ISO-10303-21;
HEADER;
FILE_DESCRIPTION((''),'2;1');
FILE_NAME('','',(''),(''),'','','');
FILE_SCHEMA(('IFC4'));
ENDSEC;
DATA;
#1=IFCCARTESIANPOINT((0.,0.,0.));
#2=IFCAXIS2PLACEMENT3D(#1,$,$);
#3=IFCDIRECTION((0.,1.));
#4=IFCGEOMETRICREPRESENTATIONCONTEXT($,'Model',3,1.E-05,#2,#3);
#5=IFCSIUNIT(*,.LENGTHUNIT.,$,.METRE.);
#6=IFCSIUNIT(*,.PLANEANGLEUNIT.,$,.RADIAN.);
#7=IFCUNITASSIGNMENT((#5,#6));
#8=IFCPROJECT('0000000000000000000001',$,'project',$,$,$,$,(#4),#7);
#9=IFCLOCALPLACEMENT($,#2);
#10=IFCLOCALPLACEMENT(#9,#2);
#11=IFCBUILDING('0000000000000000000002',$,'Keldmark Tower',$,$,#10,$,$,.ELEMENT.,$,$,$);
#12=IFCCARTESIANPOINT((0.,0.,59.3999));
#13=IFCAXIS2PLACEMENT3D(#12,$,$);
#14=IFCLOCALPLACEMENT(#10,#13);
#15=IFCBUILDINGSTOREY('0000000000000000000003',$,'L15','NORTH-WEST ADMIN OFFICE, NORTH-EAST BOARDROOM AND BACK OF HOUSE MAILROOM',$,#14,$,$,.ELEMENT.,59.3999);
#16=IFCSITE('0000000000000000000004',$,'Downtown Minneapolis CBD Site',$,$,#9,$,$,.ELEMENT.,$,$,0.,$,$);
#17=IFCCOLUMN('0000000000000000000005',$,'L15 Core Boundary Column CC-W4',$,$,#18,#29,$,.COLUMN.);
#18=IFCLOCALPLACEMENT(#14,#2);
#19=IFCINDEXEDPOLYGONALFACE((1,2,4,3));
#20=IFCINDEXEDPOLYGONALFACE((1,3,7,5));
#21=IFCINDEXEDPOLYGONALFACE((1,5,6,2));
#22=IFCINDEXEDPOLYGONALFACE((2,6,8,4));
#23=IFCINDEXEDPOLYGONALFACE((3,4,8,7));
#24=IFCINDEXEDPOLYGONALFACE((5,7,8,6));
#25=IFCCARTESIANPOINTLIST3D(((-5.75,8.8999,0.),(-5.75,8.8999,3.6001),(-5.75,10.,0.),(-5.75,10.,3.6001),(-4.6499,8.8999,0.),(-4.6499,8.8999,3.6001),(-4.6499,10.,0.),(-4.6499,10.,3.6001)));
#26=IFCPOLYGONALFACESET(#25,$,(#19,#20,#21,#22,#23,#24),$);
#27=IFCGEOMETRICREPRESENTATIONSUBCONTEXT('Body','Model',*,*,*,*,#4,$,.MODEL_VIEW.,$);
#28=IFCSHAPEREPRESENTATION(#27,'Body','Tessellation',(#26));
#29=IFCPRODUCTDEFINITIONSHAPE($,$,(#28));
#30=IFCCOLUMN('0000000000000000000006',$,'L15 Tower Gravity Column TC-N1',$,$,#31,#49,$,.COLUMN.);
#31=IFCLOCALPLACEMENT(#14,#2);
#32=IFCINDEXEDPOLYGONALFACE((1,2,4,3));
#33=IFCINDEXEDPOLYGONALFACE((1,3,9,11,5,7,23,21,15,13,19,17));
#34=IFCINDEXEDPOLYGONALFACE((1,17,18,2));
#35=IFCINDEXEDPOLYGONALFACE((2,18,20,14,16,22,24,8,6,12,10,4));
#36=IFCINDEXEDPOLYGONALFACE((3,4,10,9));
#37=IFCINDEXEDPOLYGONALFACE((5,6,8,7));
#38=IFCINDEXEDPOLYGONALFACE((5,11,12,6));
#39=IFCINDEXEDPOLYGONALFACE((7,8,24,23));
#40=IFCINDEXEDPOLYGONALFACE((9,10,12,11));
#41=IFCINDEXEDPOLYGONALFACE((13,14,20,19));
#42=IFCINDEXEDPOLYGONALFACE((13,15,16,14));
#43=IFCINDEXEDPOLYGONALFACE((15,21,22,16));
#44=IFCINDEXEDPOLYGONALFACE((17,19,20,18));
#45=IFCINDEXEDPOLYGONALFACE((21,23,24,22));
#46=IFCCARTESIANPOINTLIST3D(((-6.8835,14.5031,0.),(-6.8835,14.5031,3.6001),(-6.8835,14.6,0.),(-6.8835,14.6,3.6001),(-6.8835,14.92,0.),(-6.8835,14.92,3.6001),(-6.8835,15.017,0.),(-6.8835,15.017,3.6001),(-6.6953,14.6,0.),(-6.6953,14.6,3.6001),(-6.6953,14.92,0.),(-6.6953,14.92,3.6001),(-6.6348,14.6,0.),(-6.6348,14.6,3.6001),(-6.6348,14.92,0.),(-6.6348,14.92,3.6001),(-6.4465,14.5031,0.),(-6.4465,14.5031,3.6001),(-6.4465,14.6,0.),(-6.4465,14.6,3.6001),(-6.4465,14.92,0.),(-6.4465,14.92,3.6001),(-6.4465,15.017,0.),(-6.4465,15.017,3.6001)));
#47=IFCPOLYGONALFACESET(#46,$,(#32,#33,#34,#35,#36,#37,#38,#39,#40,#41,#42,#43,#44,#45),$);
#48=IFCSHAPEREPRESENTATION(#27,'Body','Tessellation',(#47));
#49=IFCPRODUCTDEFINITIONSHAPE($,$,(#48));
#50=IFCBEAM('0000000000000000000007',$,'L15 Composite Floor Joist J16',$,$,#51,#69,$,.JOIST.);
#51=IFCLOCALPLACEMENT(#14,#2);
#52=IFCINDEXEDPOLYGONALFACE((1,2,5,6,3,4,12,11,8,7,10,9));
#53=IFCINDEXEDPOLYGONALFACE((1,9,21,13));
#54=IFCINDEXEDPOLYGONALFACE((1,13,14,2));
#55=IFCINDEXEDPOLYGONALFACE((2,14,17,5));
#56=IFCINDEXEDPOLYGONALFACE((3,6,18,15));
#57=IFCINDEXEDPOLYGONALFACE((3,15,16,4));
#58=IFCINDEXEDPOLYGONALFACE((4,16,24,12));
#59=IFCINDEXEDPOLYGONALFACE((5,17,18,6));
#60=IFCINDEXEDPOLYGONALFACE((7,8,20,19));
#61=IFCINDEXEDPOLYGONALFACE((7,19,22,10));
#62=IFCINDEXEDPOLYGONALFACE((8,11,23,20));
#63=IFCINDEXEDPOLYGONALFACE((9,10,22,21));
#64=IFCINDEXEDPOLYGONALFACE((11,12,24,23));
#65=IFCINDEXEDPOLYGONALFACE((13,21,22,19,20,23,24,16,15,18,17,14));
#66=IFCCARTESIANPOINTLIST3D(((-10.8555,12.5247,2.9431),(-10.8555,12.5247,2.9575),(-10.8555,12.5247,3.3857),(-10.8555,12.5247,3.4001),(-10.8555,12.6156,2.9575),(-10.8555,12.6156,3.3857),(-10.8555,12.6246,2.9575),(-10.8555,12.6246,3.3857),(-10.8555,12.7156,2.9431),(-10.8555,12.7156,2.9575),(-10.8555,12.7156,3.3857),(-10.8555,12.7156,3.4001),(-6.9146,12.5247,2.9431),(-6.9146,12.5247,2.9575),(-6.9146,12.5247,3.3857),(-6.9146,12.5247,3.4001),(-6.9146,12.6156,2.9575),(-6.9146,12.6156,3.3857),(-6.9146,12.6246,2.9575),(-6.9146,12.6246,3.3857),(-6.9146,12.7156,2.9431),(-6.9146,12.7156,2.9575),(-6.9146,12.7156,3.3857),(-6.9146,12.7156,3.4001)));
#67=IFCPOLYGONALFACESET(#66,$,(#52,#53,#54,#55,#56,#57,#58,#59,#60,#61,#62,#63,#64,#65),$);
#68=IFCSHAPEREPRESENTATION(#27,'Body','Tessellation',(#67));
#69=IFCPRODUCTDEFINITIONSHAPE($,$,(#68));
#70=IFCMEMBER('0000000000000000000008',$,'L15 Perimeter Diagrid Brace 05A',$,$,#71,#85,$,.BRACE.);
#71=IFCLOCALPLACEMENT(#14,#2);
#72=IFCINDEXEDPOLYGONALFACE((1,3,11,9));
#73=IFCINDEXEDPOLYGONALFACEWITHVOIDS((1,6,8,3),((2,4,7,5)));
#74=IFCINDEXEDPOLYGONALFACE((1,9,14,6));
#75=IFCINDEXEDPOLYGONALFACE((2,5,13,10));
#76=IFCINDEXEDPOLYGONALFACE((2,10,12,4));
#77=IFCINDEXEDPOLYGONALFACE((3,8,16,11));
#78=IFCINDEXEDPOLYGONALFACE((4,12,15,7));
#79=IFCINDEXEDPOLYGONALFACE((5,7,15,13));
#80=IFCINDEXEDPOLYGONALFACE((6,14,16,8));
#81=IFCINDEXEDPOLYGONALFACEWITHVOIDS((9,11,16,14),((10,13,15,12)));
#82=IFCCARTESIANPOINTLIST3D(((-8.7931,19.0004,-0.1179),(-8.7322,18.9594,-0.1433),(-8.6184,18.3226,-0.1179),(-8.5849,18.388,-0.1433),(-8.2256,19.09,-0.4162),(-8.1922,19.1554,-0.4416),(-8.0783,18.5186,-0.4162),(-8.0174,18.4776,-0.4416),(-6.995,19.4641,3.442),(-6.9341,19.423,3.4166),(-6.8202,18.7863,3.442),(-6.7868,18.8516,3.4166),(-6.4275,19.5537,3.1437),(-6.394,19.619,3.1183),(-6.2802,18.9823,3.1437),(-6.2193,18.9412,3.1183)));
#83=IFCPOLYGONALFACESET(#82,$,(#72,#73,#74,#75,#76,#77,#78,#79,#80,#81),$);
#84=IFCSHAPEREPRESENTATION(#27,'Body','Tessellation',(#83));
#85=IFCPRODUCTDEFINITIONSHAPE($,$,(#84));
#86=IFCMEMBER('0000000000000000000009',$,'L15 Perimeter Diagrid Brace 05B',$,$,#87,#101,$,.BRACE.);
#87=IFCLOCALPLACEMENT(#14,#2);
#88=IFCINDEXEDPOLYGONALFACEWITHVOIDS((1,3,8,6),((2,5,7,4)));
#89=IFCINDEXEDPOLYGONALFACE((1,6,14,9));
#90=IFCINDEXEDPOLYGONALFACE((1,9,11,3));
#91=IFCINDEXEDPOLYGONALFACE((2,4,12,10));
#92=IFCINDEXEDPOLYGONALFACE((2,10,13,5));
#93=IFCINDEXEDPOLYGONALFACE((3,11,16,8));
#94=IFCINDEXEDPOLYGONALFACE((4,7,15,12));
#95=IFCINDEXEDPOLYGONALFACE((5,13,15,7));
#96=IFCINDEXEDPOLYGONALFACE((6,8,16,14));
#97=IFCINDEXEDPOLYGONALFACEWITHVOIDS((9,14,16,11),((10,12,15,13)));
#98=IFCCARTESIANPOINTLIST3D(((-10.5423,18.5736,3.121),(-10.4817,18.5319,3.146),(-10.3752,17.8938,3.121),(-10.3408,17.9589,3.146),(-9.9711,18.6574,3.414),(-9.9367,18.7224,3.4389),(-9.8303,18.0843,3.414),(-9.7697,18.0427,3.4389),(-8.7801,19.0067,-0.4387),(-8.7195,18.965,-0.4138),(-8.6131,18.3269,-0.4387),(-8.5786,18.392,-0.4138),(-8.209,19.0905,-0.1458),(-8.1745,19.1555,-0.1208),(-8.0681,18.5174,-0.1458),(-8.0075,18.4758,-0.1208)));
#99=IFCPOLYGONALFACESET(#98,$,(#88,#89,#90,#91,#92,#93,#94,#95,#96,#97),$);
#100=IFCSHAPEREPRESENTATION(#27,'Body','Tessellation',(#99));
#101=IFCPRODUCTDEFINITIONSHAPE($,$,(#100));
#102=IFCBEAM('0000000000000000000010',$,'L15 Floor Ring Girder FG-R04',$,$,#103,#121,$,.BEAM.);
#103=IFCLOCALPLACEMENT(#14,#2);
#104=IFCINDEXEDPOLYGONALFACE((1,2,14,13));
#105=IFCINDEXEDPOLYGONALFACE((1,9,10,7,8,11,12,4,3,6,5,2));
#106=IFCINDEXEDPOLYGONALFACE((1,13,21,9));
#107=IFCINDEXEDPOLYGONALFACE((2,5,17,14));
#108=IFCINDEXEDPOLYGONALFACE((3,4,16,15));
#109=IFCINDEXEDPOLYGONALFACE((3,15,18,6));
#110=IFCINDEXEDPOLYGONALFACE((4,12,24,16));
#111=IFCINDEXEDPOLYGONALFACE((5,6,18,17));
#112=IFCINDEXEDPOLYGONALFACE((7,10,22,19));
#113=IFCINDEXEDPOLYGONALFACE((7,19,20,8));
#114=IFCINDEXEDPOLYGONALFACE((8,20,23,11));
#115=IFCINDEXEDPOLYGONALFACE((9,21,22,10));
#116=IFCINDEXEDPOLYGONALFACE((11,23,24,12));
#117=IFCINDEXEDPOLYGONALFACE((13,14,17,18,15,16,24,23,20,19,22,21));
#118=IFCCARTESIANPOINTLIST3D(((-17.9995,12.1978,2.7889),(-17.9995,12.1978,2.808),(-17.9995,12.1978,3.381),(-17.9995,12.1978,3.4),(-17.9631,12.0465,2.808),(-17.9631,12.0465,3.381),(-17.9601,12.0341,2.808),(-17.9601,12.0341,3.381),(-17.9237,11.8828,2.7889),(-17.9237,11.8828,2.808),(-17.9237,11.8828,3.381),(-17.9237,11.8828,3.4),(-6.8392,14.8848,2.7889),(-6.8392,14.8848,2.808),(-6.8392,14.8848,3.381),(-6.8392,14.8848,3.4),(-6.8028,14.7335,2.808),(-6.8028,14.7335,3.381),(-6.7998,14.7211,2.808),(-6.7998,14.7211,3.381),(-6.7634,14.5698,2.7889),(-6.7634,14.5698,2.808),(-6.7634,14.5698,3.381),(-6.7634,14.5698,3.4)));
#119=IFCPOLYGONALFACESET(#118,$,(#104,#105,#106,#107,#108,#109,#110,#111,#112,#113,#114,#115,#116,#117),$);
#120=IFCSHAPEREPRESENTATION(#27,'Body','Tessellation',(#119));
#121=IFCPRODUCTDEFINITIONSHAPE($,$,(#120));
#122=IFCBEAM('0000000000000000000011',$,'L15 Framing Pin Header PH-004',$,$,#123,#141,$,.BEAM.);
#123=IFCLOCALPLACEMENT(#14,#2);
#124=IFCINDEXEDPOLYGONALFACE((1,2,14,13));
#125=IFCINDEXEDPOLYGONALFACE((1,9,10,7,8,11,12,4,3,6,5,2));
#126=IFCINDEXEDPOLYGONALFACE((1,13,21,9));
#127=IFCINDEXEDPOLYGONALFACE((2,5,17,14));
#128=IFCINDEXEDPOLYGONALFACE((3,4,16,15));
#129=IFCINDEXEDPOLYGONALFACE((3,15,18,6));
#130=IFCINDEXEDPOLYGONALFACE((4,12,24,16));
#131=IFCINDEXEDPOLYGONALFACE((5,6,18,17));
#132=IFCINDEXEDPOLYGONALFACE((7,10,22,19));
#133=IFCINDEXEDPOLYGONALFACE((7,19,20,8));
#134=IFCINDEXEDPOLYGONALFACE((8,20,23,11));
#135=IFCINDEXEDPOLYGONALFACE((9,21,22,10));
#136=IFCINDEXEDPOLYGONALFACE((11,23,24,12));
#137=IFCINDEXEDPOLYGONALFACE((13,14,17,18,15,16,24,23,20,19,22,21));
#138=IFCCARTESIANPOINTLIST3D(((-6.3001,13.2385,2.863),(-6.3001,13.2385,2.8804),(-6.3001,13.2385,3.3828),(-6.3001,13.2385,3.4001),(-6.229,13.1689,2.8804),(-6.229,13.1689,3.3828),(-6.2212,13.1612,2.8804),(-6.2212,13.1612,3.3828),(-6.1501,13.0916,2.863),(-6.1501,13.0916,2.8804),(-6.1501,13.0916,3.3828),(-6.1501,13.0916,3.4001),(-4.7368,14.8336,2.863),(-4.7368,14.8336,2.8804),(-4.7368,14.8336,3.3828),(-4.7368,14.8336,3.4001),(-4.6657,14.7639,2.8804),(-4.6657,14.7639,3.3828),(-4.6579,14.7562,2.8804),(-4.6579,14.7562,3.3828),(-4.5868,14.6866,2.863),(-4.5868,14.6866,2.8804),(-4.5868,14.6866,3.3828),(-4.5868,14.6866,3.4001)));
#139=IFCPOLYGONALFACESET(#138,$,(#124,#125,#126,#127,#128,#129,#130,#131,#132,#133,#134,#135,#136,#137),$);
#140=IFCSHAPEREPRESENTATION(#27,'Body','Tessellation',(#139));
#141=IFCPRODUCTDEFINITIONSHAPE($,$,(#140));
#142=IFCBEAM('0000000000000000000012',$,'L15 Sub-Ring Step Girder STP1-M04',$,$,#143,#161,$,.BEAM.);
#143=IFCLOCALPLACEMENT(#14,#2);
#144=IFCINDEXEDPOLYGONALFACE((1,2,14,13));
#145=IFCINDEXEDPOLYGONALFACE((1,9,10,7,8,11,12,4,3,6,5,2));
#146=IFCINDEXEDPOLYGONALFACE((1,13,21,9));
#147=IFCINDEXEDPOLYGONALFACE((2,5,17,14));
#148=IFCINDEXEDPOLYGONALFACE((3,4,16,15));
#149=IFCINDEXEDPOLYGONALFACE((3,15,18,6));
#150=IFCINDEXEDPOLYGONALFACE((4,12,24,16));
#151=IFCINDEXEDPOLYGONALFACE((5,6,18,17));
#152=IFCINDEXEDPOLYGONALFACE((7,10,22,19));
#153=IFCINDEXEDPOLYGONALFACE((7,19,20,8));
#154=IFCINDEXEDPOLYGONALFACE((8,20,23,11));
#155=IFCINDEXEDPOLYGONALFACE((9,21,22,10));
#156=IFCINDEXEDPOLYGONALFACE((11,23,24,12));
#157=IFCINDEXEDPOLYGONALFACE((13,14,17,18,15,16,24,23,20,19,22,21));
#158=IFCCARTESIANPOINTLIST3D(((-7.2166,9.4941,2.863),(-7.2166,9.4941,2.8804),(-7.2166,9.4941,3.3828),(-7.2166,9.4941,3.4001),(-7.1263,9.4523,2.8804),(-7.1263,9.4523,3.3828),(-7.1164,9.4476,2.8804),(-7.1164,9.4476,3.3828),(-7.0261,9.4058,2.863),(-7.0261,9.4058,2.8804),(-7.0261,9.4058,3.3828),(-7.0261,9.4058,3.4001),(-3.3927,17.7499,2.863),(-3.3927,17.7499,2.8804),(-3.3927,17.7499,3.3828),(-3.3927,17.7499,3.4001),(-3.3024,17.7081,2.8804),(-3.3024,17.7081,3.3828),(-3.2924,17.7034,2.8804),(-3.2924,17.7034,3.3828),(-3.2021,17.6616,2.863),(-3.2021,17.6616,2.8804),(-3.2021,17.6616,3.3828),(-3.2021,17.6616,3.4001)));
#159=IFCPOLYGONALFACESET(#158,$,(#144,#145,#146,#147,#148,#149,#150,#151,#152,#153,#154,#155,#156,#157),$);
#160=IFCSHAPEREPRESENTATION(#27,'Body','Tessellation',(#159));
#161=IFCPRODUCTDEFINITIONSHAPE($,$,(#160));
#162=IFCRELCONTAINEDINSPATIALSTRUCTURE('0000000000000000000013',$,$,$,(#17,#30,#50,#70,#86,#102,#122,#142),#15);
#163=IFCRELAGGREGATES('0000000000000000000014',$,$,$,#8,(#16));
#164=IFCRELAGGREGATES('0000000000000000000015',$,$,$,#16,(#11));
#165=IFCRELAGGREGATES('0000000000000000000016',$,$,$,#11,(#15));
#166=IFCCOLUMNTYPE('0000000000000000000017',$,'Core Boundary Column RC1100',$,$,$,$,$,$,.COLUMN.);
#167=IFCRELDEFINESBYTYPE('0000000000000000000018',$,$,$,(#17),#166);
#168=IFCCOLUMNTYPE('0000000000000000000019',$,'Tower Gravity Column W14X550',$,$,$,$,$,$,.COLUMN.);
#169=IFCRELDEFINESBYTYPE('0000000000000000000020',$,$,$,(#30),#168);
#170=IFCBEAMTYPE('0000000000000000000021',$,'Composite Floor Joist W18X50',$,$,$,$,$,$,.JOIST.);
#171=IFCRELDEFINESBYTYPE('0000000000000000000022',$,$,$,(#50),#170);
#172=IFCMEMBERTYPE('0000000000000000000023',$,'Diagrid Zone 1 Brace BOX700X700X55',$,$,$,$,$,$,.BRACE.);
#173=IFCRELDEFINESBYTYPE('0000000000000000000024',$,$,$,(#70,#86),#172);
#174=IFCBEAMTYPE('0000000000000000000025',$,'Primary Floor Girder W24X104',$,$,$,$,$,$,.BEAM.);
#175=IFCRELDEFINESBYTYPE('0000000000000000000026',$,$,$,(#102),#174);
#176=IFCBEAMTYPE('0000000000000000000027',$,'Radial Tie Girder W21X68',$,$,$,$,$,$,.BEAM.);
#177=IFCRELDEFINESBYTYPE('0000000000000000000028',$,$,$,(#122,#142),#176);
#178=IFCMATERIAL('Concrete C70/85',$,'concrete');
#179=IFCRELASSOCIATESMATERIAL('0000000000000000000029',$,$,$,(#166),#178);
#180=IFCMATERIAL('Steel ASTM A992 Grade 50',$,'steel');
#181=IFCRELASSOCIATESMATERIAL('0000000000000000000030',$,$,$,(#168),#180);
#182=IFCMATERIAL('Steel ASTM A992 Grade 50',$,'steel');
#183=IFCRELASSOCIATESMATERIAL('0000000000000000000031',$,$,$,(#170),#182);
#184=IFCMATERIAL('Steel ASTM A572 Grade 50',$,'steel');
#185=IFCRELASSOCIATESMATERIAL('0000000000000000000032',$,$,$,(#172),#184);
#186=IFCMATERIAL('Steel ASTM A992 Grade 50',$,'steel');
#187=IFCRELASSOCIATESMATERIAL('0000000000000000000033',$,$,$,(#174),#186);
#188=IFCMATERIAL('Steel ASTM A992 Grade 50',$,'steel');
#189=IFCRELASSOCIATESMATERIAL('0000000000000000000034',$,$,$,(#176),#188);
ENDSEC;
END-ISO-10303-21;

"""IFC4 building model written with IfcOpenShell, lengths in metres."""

from ifc_helpers import new_model, si_unit, direction, frame, origin, origin_2d, place, context, subcontext, project, spatial, rectangle, hollow_rectangle, i_section, extrude, material, material_profile, profile_set, type_object, element, save


model = new_model("IFC4")

# Units and contexts
model_context = context("Model", 3, precision=1e-05, world=origin(), true_north=direction((0.0, 1.0)))
body_context = subcontext(model_context, "Body", "Model", "MODEL_VIEW")
ifc_project = project(units=[si_unit("LENGTHUNIT", "METRE"), si_unit("PLANEANGLEUNIT", "RADIAN")], contexts=[model_context])

# Site, building, storey
site_placement = place(None, origin())
site = spatial("IfcSite", under=ifc_project, at=site_placement, Name="Downtown Minneapolis CBD Site", CompositionType="ELEMENT", RefElevation=0.0)
building_placement = place(site_placement, origin())
building = spatial("IfcBuilding", under=site, at=building_placement, Name="Keldmark Tower", CompositionType="ELEMENT")
storey_placement = place(building_placement, frame((0.0, 0.0, 59.3999)))
storey = spatial("IfcBuildingStorey", under=building, at=storey_placement, Name="L15", Description="NORTH-WEST ADMIN OFFICE, NORTH-EAST BOARDROOM AND BACK OF HOUSE MAILROOM", CompositionType="ELEMENT", Elevation=59.3999)

# Columns
ifc_material_1 = material(Name="Concrete C70/85", Category="concrete")
ifc_material_profile_1 = material_profile(ifc_material_1, rectangle(XDim=1.1001, YDim=1.1001, at=origin_2d()), Name="RC1100X1100")
ifc_profile_set_1 = profile_set([ifc_material_profile_1], Name="Concrete C70/85")
column_type_1 = type_object("IfcColumnType", Name="Core Boundary Column RC1100", PredefinedType="COLUMN", material=ifc_profile_set_1)
column_1_placement = place(storey_placement, frame((-5.2, 9.45, 0.0), z_axis=(0.0, 0.0, 1.0), x_axis=(1.0, 0.0, 0.0)))
element("IfcColumn", 1, at=column_1_placement, inside=storey, type_object=column_type_1, Name="L15 Core Boundary Column CC-W4", PredefinedType="COLUMN", context=body_context, shape_type="SweptSolid", body=[
    extrude(rectangle(XDim=1.1001, YDim=1.1001, at=origin_2d()), origin(), (0.0, 0.0, 1.0), 3.6001),
])
ifc_material_2 = material(Name="Steel ASTM A992 Grade 50", Category="steel")
ifc_material_profile_2 = material_profile(ifc_material_2, i_section(OverallWidth=0.437, OverallDepth=0.5139, WebThickness=0.0605, FlangeThickness=0.0969, at=origin_2d()), Name="W14X550")
ifc_profile_set_2 = profile_set([ifc_material_profile_2], Name="Steel ASTM A992 Grade 50")
column_type_2 = type_object("IfcColumnType", Name="Tower Gravity Column W14X550", PredefinedType="COLUMN", material=ifc_profile_set_2)
column_2_placement = place(storey_placement, frame((-6.665, 14.76, 0.0), z_axis=(0.0, 0.0, 1.0), x_axis=(1.0, 0.0, 0.0)))
element("IfcColumn", 2, at=column_2_placement, inside=storey, type_object=column_type_2, Name="L15 Tower Gravity Column TC-N1", PredefinedType="COLUMN", context=body_context, shape_type="SweptSolid", body=[
    extrude(i_section(OverallWidth=0.437, OverallDepth=0.5139, WebThickness=0.0605, FlangeThickness=0.0969, at=origin_2d()), origin(), (0.0, 0.0, 1.0), 3.6001),
])

# Beam
ifc_material_3 = material(Name="Steel ASTM A992 Grade 50", Category="steel")
ifc_material_profile_3 = material_profile(ifc_material_3, i_section(OverallWidth=0.1909, OverallDepth=0.457, WebThickness=0.009, FlangeThickness=0.0144, at=origin_2d()), Name="W18X50")
ifc_profile_set_3 = profile_set([ifc_material_profile_3], Name="Steel ASTM A992 Grade 50")
beam_type_1 = type_object("IfcBeamType", Name="Composite Floor Joist W18X50", PredefinedType="JOIST", material=ifc_profile_set_3)
beam_1_placement = place(storey_placement, frame((-10.8555, 12.6201, 3.1716), z_axis=(1.0, 0.0, 0.0), x_axis=(0.0, 1.0, 0.0)))
element("IfcBeam", 3, at=beam_1_placement, inside=storey, type_object=beam_type_1, Name="L15 Composite Floor Joist J16", PredefinedType="JOIST", context=body_context, shape_type="SweptSolid", body=[
    extrude(i_section(OverallWidth=0.1909, OverallDepth=0.457, WebThickness=0.009, FlangeThickness=0.0144, at=origin_2d()), origin(), (0.0, 0.0, 1.0), 3.9409),
])

# Members
ifc_material_4 = material(Name="Steel ASTM A572 Grade 50", Category="steel")
ifc_material_profile_4 = material_profile(ifc_material_4, hollow_rectangle(XDim=0.7, YDim=0.7, WallThickness=0.0549, at=origin_2d()), Name="BOX700X700X55")
ifc_profile_set_4 = profile_set([ifc_material_profile_4], Name="Steel ASTM A572 Grade 50")
member_type = type_object("IfcMemberType", Name="Diagrid Zone 1 Brace BOX700X700X55", PredefinedType="BRACE", material=ifc_profile_set_4)
member_1_placement = place(storey_placement, frame((-8.4053, 18.739, -0.2798), z_axis=(0.447842, 0.115472, 0.886625), x_axis=(-0.249675, 0.96833, 0.0)))
element("IfcMember", 4, at=member_1_placement, inside=storey, type_object=member_type, Name="L15 Perimeter Diagrid Brace 05A", PredefinedType="BRACE", context=body_context, shape_type="SweptSolid", body=[
    extrude(hollow_rectangle(XDim=0.7, YDim=0.7, WallThickness=0.0549, at=origin_2d()), origin(), (0.0, 0.0, 1.0), 4.0151),
])
member_2_placement = place(storey_placement, frame((-8.3938, 18.7412, -0.2798), z_axis=(-0.441031, -0.108394, 0.890922), x_axis=(0.238672, -0.9711, 0.0)))
element("IfcMember", 5, at=member_2_placement, inside=storey, type_object=member_type, Name="L15 Perimeter Diagrid Brace 05B", PredefinedType="BRACE", context=body_context, shape_type="SweptSolid", body=[
    extrude(hollow_rectangle(XDim=0.7, YDim=0.7, WallThickness=0.0549, at=origin_2d()), origin(), (0.0, 0.0, 1.0), 3.9956),
])

# Beams
ifc_material_5 = material(Name="Steel ASTM A992 Grade 50", Category="steel")
ifc_material_profile_5 = material_profile(ifc_material_5, i_section(OverallWidth=0.324, OverallDepth=0.6111, WebThickness=0.0127, FlangeThickness=0.019, at=origin_2d()), Name="W24X104")
ifc_profile_set_5 = profile_set([ifc_material_profile_5], Name="Steel ASTM A992 Grade 50")
beam_type_2 = type_object("IfcBeamType", Name="Primary Floor Girder W24X104", PredefinedType="BEAM", material=ifc_profile_set_5)
beam_2_placement = place(storey_placement, frame((-6.8013, 14.7273, 3.0945), z_axis=(-0.972219, -0.234074, 0.0), x_axis=(0.234074, -0.972219, 0.0)))
element("IfcBeam", 6, at=beam_2_placement, inside=storey, type_object=beam_type_2, Name="L15 Floor Ring Girder FG-R04", PredefinedType="BEAM", context=body_context, shape_type="SweptSolid", body=[
    extrude(i_section(OverallWidth=0.324, OverallDepth=0.6111, WebThickness=0.0127, FlangeThickness=0.019, at=origin_2d()), origin(), (0.0, 0.0, 1.0), 11.4792),
])
ifc_material_6 = material(Name="Steel ASTM A992 Grade 50", Category="steel")
ifc_material_profile_6 = material_profile(ifc_material_6, i_section(OverallWidth=0.21, OverallDepth=0.5371, WebThickness=0.011, FlangeThickness=0.0173, at=origin_2d()), Name="W21X68")
ifc_profile_set_6 = profile_set([ifc_material_profile_6], Name="Steel ASTM A992 Grade 50")
beam_type_3 = type_object("IfcBeamType", Name="Radial Tie Girder W21X68", PredefinedType="BEAM", material=ifc_profile_set_6)
beam_3_placement = place(storey_placement, frame((-6.2251, 13.165, 3.1316), z_axis=(0.699965, 0.714177, 0.0), x_axis=(-0.714177, 0.699965, 0.0)))
element("IfcBeam", 7, at=beam_3_placement, inside=storey, type_object=beam_type_3, Name="L15 Framing Pin Header PH-004", PredefinedType="BEAM", context=body_context, shape_type="SweptSolid", body=[
    extrude(i_section(OverallWidth=0.21, OverallDepth=0.5371, WebThickness=0.011, FlangeThickness=0.0173, at=origin_2d()), origin(), (0.0, 0.0, 1.0), 2.2334),
])
beam_4_placement = place(storey_placement, frame((-7.1213, 9.45, 3.1316), z_axis=(0.420288, 0.907391, 0.0), x_axis=(-0.907391, 0.420288, 0.0)))
element("IfcBeam", 8, at=beam_4_placement, inside=storey, type_object=beam_type_3, Name="L15 Sub-Ring Step Girder STP1-M04", PredefinedType="BEAM", context=body_context, shape_type="SweptSolid", body=[
    extrude(i_section(OverallWidth=0.21, OverallDepth=0.5371, WebThickness=0.011, FlangeThickness=0.0173, at=origin_2d()), origin(), (0.0, 0.0, 1.0), 9.0984),
])

save(model, "model.ifc")
